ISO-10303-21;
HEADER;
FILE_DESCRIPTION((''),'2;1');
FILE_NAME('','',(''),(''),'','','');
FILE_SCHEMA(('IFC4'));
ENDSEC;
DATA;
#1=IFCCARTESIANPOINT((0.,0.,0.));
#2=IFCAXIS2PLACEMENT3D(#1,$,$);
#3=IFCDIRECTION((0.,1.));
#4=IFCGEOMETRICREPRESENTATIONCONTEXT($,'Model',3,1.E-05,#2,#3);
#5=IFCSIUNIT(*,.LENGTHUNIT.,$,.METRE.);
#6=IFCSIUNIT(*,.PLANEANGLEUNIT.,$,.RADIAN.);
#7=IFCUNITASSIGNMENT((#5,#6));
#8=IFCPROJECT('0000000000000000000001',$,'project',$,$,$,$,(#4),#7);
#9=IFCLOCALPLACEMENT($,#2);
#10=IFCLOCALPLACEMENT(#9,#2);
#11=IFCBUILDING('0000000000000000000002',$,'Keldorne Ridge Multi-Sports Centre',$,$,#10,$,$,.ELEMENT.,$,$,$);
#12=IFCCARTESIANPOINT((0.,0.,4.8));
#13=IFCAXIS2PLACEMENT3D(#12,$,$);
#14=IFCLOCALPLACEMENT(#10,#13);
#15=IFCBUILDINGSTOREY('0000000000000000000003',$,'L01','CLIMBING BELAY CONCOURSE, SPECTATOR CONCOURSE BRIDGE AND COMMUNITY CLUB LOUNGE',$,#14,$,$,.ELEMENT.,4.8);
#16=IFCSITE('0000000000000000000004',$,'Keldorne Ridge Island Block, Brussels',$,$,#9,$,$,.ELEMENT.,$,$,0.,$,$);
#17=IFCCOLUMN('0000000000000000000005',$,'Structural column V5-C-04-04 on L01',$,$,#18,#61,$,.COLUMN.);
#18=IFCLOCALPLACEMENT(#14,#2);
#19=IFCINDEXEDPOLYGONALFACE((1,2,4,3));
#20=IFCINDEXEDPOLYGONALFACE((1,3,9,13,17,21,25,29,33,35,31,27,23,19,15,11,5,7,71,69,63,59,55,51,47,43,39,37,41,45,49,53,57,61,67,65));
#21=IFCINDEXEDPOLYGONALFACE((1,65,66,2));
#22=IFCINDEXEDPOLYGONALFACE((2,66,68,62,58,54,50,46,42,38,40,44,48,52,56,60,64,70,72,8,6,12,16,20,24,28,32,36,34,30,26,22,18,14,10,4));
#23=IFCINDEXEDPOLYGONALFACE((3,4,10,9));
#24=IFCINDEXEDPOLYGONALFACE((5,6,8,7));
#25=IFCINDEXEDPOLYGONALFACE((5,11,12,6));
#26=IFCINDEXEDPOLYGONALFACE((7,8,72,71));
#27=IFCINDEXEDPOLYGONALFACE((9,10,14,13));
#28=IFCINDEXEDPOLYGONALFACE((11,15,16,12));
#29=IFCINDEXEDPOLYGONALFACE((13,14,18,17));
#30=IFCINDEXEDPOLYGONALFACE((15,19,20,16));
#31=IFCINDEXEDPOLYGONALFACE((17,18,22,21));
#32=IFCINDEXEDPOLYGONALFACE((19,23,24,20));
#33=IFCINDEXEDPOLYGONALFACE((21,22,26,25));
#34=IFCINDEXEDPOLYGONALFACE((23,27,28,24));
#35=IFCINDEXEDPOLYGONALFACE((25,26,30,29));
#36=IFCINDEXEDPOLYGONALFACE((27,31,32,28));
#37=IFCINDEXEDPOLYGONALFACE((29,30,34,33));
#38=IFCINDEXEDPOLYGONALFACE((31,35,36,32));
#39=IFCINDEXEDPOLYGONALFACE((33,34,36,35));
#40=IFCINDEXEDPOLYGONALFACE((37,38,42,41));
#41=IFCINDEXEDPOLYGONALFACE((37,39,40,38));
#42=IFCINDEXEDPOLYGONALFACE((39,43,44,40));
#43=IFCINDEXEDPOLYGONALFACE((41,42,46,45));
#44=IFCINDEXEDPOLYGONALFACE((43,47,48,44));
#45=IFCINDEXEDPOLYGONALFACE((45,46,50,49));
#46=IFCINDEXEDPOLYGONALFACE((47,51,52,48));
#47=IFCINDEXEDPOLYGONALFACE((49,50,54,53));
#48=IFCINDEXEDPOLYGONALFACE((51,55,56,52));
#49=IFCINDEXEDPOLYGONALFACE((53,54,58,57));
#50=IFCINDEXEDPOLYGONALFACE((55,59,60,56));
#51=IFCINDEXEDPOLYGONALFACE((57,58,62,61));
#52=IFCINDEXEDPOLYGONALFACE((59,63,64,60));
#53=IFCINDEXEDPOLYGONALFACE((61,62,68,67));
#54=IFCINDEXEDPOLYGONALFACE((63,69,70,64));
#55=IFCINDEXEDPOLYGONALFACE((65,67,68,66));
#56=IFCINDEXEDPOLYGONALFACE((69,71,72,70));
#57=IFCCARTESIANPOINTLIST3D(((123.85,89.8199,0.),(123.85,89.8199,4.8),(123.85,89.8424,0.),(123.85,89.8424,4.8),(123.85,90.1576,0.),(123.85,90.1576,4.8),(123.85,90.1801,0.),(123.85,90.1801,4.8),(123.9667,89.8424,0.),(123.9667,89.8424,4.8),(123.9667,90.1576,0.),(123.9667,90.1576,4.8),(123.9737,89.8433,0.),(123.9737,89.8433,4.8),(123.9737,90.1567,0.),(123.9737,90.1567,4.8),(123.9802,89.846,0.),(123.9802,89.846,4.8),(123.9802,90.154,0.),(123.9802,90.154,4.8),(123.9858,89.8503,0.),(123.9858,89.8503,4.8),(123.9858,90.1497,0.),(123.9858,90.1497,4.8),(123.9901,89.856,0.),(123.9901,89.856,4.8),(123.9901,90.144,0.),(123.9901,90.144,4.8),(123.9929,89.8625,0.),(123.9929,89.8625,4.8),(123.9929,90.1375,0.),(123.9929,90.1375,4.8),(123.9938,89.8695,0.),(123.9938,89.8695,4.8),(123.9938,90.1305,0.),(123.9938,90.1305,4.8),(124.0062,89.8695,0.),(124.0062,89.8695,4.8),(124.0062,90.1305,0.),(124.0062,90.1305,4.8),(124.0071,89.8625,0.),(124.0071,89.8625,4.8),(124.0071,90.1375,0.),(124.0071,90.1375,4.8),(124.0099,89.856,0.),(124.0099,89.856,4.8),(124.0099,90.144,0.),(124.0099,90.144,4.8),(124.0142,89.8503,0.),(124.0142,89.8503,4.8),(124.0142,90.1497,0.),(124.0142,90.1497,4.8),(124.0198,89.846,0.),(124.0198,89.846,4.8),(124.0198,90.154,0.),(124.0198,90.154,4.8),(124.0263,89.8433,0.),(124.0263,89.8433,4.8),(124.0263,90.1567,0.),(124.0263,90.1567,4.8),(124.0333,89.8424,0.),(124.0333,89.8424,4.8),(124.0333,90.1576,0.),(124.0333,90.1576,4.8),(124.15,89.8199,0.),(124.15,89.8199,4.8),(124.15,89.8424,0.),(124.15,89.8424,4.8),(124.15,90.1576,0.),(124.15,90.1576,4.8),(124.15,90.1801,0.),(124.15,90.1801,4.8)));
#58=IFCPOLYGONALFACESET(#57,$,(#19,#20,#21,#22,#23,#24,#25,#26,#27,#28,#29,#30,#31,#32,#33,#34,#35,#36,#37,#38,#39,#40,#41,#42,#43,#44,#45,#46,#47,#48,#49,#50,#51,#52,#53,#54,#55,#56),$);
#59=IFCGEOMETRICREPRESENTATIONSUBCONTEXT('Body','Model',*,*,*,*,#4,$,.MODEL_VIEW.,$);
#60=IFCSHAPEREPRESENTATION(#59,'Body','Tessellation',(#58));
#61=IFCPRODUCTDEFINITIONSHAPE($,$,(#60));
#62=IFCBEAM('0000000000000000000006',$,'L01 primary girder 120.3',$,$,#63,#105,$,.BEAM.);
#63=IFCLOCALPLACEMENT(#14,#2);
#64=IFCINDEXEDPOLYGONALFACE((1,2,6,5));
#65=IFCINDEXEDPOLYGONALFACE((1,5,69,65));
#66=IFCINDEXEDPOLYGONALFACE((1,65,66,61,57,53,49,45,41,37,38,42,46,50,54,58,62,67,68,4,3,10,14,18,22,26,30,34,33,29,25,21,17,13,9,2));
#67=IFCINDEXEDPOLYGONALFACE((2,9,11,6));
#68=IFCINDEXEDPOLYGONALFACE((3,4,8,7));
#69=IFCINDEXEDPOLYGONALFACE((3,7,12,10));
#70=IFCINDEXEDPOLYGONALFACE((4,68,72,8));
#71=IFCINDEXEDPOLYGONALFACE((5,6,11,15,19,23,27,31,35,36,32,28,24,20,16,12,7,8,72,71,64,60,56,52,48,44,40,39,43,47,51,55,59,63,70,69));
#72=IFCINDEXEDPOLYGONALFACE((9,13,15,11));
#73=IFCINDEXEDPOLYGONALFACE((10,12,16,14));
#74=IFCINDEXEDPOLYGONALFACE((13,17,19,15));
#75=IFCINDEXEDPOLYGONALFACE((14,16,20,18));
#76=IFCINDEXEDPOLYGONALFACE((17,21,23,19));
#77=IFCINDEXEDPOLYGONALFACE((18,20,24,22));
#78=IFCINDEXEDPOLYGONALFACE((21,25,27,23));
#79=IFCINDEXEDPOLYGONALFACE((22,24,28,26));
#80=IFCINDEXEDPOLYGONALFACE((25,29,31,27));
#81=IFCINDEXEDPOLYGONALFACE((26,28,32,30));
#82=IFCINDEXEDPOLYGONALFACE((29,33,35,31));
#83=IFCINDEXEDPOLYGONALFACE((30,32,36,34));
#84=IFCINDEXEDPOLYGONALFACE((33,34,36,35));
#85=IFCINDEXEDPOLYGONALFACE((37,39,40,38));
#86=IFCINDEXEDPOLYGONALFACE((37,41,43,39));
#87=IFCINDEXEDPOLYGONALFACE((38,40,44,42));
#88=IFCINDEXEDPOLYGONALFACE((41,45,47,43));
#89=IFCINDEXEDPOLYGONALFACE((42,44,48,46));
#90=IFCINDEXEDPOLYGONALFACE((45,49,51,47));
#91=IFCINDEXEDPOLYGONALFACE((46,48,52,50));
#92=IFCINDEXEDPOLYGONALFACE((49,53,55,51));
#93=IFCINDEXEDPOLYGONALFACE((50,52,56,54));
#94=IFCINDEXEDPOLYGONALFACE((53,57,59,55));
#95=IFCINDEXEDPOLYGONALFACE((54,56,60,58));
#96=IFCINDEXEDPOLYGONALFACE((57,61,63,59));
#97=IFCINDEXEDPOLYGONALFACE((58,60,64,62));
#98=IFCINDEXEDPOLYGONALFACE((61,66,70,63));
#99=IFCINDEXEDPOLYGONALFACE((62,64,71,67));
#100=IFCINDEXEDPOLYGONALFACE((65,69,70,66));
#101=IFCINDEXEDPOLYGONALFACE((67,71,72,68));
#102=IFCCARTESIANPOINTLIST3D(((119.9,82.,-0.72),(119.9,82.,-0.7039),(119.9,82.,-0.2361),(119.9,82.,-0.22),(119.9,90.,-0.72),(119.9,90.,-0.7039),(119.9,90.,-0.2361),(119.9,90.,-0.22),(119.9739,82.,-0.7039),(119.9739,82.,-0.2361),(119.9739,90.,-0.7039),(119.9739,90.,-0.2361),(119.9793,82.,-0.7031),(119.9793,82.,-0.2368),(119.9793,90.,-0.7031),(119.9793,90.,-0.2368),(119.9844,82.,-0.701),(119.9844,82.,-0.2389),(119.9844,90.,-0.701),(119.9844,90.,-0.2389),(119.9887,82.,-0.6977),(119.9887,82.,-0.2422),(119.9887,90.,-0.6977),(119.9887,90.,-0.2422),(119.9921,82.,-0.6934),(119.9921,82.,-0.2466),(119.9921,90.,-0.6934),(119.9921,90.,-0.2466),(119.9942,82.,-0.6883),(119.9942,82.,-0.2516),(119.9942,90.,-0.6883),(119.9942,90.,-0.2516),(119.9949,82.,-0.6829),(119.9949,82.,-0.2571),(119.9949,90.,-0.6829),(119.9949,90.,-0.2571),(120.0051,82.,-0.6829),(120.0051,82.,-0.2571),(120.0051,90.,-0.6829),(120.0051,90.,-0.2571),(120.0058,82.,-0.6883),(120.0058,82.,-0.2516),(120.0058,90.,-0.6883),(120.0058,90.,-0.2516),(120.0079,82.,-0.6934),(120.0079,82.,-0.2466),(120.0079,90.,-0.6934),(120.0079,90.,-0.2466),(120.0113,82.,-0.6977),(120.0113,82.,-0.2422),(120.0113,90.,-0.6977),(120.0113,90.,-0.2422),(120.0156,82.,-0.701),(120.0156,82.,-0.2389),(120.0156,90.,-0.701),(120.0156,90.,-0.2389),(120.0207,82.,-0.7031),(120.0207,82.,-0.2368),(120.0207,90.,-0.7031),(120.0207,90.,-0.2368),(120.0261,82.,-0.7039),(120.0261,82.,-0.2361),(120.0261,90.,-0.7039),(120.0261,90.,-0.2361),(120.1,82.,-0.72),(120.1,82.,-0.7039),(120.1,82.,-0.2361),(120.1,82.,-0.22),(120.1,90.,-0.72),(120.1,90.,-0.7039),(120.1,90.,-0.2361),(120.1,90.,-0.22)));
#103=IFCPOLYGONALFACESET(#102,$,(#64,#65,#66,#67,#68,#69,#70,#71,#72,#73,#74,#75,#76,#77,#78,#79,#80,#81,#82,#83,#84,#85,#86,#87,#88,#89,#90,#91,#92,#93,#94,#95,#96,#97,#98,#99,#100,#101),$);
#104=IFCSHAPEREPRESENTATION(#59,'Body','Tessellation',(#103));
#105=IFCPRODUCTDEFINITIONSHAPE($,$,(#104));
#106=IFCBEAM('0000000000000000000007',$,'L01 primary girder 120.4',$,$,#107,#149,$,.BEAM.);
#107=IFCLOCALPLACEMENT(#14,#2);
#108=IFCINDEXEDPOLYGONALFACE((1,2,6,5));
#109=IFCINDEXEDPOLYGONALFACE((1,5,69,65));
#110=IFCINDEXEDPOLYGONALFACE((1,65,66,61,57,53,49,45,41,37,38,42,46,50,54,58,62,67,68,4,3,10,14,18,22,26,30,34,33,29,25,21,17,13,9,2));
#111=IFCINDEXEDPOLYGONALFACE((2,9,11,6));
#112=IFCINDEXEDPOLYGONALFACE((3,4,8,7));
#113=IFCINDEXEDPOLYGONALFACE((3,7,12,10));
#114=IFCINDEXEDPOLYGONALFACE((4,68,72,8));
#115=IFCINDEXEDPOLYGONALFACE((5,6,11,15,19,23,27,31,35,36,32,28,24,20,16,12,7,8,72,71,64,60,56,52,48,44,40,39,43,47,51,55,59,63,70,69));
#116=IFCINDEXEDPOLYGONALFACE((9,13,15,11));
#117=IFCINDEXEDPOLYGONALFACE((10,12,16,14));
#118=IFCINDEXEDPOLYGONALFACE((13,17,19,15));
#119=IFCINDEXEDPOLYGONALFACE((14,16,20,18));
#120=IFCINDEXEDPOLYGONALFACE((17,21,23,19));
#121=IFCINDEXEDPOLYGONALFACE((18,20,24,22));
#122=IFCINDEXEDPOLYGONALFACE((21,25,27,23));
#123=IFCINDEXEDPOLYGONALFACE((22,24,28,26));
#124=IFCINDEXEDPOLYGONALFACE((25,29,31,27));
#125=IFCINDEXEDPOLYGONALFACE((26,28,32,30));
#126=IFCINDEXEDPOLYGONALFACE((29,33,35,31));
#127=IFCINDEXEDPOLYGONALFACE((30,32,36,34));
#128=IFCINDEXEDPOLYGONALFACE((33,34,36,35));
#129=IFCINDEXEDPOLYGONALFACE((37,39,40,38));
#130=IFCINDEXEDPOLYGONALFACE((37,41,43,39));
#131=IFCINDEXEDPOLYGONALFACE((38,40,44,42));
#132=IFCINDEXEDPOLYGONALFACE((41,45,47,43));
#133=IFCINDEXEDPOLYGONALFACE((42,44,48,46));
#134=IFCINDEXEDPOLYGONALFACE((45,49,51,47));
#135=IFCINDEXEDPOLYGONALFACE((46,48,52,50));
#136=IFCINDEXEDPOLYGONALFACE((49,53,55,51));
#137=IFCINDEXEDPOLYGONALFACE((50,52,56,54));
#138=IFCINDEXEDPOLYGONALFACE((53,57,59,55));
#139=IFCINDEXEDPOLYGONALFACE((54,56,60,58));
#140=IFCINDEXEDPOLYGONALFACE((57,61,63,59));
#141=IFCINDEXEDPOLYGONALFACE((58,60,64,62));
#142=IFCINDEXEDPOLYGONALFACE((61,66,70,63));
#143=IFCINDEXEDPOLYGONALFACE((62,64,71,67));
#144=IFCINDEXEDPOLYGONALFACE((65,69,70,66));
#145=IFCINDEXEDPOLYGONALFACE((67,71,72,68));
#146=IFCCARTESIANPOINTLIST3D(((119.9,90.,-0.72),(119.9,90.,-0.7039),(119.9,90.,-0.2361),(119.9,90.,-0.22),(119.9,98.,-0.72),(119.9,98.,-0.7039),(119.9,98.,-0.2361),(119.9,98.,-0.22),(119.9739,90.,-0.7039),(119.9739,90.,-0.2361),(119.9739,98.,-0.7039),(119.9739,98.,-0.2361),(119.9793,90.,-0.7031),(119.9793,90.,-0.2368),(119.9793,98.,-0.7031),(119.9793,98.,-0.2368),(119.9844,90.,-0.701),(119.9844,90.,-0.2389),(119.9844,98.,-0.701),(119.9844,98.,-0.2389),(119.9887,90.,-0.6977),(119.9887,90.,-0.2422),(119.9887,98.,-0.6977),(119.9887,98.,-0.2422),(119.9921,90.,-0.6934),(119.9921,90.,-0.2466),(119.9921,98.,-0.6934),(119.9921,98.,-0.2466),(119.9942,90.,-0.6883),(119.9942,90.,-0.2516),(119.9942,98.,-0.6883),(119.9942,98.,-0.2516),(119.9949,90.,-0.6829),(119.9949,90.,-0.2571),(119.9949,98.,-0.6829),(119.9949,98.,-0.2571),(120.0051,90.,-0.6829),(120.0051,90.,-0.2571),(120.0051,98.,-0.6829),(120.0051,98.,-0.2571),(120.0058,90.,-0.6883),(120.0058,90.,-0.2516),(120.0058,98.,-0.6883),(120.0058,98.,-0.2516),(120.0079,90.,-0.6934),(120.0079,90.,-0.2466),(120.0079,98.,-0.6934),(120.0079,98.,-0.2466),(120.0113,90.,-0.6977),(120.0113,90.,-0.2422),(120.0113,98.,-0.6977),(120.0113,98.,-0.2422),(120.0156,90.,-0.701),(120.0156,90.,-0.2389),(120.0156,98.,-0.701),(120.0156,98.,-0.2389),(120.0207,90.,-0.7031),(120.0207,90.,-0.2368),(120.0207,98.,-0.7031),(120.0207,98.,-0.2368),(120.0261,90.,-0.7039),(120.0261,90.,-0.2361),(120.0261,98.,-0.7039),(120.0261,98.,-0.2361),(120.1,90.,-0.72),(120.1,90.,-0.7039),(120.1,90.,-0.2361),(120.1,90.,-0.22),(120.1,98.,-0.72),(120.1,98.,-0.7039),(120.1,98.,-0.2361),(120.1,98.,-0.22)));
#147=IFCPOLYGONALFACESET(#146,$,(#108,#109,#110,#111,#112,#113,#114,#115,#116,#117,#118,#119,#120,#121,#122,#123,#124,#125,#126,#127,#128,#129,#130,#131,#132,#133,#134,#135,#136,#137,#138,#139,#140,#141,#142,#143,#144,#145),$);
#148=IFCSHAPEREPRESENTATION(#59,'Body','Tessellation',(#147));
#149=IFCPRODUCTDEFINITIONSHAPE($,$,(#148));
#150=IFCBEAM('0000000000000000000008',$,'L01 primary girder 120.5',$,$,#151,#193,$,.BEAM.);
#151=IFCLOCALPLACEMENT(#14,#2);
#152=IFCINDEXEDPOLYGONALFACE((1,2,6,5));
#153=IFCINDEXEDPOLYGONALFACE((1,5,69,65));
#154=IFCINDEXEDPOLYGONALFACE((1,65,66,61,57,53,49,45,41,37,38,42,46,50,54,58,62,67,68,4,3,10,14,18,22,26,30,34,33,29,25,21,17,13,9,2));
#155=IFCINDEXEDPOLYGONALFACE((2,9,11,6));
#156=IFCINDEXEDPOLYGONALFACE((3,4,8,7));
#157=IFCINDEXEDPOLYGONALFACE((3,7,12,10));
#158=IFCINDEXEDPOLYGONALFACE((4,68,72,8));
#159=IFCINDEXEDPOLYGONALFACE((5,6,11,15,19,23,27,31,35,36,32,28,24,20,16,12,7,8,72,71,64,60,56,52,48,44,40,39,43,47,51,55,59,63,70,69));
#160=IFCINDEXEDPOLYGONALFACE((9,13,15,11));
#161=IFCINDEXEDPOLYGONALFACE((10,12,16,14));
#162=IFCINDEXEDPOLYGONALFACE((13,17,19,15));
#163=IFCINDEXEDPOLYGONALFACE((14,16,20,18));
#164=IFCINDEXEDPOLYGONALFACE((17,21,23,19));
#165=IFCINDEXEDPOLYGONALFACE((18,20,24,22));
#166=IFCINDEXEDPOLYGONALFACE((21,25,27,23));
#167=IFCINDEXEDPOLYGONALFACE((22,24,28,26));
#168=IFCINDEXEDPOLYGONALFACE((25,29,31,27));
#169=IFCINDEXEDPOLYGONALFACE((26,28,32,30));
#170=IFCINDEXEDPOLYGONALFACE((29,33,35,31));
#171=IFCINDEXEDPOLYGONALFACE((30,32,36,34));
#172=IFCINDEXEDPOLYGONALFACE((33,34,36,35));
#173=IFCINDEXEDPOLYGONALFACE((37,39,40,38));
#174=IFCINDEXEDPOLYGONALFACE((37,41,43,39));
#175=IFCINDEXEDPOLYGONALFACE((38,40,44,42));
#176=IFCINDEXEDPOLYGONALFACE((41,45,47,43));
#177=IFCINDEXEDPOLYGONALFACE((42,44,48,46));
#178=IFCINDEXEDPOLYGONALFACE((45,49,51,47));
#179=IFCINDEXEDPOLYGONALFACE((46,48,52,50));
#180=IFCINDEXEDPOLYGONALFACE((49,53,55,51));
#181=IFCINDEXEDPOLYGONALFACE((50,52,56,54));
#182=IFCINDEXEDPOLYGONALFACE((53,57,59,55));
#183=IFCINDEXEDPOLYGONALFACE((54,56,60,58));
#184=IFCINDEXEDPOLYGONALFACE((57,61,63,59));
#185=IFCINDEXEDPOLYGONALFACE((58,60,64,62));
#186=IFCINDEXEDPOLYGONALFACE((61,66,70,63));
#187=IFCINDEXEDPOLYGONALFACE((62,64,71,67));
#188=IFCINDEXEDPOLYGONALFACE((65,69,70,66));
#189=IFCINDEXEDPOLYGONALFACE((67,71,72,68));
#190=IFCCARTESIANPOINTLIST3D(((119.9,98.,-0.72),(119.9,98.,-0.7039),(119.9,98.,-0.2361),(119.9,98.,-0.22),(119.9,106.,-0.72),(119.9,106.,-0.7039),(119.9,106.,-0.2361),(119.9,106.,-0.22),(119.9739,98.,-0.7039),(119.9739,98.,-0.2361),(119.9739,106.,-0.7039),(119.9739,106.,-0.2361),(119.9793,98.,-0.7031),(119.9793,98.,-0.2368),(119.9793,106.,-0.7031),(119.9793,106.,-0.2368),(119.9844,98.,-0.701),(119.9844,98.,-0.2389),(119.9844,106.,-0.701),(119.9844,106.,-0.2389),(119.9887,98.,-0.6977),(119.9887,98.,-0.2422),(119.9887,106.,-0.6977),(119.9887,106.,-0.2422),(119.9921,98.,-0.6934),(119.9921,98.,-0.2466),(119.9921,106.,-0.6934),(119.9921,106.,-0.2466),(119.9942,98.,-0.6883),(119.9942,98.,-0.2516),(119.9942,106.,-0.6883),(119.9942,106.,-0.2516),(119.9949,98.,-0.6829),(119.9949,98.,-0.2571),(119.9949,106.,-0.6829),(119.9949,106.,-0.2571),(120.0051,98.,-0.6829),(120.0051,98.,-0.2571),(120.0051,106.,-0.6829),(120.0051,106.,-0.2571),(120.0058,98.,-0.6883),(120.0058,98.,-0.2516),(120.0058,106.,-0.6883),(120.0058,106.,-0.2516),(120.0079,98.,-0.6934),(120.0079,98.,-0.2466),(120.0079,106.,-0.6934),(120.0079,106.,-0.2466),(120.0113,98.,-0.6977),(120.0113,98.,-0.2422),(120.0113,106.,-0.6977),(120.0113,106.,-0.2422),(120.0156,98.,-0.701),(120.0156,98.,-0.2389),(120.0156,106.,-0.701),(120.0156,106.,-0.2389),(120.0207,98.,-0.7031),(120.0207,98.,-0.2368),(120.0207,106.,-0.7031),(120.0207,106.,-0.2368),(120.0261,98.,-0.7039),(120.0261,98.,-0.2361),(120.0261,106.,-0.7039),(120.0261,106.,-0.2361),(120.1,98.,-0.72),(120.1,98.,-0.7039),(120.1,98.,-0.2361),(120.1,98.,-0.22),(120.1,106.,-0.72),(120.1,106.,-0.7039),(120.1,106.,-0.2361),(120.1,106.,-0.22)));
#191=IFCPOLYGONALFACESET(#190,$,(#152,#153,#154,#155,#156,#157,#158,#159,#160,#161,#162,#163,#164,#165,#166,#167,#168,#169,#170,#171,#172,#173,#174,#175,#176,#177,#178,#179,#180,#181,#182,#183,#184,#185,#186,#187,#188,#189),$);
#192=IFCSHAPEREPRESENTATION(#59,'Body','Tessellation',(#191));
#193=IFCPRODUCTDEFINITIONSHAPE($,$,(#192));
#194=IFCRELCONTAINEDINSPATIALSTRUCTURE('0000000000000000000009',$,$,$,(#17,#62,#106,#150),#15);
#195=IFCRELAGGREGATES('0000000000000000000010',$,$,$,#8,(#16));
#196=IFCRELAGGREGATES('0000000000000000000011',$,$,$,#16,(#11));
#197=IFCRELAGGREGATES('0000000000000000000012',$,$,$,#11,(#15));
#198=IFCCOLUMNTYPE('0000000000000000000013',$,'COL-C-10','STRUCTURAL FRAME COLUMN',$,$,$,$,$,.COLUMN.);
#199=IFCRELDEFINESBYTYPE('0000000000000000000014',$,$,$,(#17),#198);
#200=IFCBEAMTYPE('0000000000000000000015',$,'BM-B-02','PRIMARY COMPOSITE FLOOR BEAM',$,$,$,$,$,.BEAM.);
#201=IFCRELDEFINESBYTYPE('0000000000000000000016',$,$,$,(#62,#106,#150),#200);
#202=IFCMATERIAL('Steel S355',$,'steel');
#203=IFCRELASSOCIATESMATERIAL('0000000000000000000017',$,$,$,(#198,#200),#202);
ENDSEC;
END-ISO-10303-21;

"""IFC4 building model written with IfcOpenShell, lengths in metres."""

from ifc_helpers import new_model, si_unit, direction, frame, origin, origin_2d, place, context, subcontext, project, spatial, i_section, extrude, material, material_profile, profile_set, type_object, element, save


model = new_model("IFC4")

# Units and contexts
model_context = context("Model", 3, precision=1e-05, world=origin(), true_north=direction((0.0, 1.0)))
body_context = subcontext(model_context, "Body", "Model", "MODEL_VIEW")
ifc_project = project(units=[si_unit("LENGTHUNIT", "METRE"), si_unit("PLANEANGLEUNIT", "RADIAN")], contexts=[model_context])

# Site, building, storey
site_placement = place(None, origin())
site = spatial("IfcSite", under=ifc_project, at=site_placement, Name="Keldorne Ridge Island Block, Brussels", CompositionType="ELEMENT", RefElevation=0.0)
building_placement = place(site_placement, origin())
building = spatial("IfcBuilding", under=site, at=building_placement, Name="Keldorne Ridge Multi-Sports Centre", CompositionType="ELEMENT")
storey_placement = place(building_placement, frame((0.0, 0.0, 4.8)))
storey = spatial("IfcBuildingStorey", under=building, at=storey_placement, Name="L01", Description="CLIMBING BELAY CONCOURSE, SPECTATOR CONCOURSE BRIDGE AND COMMUNITY CLUB LOUNGE", CompositionType="ELEMENT", Elevation=4.8)

# Column
ifc_material_1 = material(Name="Steel S355", Category="steel")
ifc_material_profile_1 = material_profile(ifc_material_1, i_section(OverallWidth=0.3, OverallDepth=0.3601, WebThickness=0.0125, FlangeThickness=0.0225, FilletRadius=0.0271, at=origin_2d()), Name="HEB 360")
ifc_profile_set_1 = profile_set([ifc_material_profile_1], Name="Steel S355")
column_type = type_object("IfcColumnType", Name="COL-C-10", Description="STRUCTURAL FRAME COLUMN", PredefinedType="COLUMN", material=ifc_profile_set_1)
for number, where, z_axis, x_axis, name in (
    (1, (124.0, 90.0, 0.0), (0.0, 0.0, 1.0), (1.0, 0.0, 0.0), "Structural column V5-C-04-04 on L01"),
):
    element("IfcColumn", number, at=place(storey_placement, frame(where, z_axis=z_axis, x_axis=x_axis)), inside=storey, type_object=column_type, Name=name, PredefinedType="COLUMN", context=body_context, shape_type="SweptSolid", body=[
        extrude(i_section(OverallWidth=0.3, OverallDepth=0.3601, WebThickness=0.0125, FlangeThickness=0.0225, FilletRadius=0.0271, at=origin_2d()), origin(), (0.0, 0.0, 1.0), 4.8),
    ])

# Beams
ifc_material_profile_2 = material_profile(ifc_material_1, i_section(OverallWidth=0.2, OverallDepth=0.5, WebThickness=0.0103, FlangeThickness=0.0161, FilletRadius=0.021, at=origin_2d()), Name="IPE 500")
ifc_profile_set_2 = profile_set([ifc_material_profile_2], Name="Steel S355")
beam_type_1 = type_object("IfcBeamType", Name="BM-B-02", Description="PRIMARY COMPOSITE FLOOR BEAM", PredefinedType="BEAM", material=ifc_profile_set_2)
for number, where, z_axis, x_axis, name in (
    (2, (120.0, 82.0, -0.47), (0.0, 1.0, 0.0), (-1.0, 0.0, 0.0), "L01 primary girder 120.3"),
    (3, (120.0, 90.0, -0.47), (0.0, 1.0, 0.0), (-1.0, 0.0, 0.0), "L01 primary girder 120.4"),
    (4, (120.0, 98.0, -0.47), (0.0, 1.0, 0.0), (-1.0, 0.0, 0.0), "L01 primary girder 120.5"),
):
    element("IfcBeam", number, at=place(storey_placement, frame(where, z_axis=z_axis, x_axis=x_axis)), inside=storey, type_object=beam_type_1, Name=name, PredefinedType="BEAM", context=body_context, shape_type="SweptSolid", body=[
        extrude(i_section(OverallWidth=0.2, OverallDepth=0.5, WebThickness=0.0103, FlangeThickness=0.0161, FilletRadius=0.021, at=origin_2d()), origin(), (0.0, 0.0, 1.0), 8.0),
    ])

save(model, "model.ifc")
